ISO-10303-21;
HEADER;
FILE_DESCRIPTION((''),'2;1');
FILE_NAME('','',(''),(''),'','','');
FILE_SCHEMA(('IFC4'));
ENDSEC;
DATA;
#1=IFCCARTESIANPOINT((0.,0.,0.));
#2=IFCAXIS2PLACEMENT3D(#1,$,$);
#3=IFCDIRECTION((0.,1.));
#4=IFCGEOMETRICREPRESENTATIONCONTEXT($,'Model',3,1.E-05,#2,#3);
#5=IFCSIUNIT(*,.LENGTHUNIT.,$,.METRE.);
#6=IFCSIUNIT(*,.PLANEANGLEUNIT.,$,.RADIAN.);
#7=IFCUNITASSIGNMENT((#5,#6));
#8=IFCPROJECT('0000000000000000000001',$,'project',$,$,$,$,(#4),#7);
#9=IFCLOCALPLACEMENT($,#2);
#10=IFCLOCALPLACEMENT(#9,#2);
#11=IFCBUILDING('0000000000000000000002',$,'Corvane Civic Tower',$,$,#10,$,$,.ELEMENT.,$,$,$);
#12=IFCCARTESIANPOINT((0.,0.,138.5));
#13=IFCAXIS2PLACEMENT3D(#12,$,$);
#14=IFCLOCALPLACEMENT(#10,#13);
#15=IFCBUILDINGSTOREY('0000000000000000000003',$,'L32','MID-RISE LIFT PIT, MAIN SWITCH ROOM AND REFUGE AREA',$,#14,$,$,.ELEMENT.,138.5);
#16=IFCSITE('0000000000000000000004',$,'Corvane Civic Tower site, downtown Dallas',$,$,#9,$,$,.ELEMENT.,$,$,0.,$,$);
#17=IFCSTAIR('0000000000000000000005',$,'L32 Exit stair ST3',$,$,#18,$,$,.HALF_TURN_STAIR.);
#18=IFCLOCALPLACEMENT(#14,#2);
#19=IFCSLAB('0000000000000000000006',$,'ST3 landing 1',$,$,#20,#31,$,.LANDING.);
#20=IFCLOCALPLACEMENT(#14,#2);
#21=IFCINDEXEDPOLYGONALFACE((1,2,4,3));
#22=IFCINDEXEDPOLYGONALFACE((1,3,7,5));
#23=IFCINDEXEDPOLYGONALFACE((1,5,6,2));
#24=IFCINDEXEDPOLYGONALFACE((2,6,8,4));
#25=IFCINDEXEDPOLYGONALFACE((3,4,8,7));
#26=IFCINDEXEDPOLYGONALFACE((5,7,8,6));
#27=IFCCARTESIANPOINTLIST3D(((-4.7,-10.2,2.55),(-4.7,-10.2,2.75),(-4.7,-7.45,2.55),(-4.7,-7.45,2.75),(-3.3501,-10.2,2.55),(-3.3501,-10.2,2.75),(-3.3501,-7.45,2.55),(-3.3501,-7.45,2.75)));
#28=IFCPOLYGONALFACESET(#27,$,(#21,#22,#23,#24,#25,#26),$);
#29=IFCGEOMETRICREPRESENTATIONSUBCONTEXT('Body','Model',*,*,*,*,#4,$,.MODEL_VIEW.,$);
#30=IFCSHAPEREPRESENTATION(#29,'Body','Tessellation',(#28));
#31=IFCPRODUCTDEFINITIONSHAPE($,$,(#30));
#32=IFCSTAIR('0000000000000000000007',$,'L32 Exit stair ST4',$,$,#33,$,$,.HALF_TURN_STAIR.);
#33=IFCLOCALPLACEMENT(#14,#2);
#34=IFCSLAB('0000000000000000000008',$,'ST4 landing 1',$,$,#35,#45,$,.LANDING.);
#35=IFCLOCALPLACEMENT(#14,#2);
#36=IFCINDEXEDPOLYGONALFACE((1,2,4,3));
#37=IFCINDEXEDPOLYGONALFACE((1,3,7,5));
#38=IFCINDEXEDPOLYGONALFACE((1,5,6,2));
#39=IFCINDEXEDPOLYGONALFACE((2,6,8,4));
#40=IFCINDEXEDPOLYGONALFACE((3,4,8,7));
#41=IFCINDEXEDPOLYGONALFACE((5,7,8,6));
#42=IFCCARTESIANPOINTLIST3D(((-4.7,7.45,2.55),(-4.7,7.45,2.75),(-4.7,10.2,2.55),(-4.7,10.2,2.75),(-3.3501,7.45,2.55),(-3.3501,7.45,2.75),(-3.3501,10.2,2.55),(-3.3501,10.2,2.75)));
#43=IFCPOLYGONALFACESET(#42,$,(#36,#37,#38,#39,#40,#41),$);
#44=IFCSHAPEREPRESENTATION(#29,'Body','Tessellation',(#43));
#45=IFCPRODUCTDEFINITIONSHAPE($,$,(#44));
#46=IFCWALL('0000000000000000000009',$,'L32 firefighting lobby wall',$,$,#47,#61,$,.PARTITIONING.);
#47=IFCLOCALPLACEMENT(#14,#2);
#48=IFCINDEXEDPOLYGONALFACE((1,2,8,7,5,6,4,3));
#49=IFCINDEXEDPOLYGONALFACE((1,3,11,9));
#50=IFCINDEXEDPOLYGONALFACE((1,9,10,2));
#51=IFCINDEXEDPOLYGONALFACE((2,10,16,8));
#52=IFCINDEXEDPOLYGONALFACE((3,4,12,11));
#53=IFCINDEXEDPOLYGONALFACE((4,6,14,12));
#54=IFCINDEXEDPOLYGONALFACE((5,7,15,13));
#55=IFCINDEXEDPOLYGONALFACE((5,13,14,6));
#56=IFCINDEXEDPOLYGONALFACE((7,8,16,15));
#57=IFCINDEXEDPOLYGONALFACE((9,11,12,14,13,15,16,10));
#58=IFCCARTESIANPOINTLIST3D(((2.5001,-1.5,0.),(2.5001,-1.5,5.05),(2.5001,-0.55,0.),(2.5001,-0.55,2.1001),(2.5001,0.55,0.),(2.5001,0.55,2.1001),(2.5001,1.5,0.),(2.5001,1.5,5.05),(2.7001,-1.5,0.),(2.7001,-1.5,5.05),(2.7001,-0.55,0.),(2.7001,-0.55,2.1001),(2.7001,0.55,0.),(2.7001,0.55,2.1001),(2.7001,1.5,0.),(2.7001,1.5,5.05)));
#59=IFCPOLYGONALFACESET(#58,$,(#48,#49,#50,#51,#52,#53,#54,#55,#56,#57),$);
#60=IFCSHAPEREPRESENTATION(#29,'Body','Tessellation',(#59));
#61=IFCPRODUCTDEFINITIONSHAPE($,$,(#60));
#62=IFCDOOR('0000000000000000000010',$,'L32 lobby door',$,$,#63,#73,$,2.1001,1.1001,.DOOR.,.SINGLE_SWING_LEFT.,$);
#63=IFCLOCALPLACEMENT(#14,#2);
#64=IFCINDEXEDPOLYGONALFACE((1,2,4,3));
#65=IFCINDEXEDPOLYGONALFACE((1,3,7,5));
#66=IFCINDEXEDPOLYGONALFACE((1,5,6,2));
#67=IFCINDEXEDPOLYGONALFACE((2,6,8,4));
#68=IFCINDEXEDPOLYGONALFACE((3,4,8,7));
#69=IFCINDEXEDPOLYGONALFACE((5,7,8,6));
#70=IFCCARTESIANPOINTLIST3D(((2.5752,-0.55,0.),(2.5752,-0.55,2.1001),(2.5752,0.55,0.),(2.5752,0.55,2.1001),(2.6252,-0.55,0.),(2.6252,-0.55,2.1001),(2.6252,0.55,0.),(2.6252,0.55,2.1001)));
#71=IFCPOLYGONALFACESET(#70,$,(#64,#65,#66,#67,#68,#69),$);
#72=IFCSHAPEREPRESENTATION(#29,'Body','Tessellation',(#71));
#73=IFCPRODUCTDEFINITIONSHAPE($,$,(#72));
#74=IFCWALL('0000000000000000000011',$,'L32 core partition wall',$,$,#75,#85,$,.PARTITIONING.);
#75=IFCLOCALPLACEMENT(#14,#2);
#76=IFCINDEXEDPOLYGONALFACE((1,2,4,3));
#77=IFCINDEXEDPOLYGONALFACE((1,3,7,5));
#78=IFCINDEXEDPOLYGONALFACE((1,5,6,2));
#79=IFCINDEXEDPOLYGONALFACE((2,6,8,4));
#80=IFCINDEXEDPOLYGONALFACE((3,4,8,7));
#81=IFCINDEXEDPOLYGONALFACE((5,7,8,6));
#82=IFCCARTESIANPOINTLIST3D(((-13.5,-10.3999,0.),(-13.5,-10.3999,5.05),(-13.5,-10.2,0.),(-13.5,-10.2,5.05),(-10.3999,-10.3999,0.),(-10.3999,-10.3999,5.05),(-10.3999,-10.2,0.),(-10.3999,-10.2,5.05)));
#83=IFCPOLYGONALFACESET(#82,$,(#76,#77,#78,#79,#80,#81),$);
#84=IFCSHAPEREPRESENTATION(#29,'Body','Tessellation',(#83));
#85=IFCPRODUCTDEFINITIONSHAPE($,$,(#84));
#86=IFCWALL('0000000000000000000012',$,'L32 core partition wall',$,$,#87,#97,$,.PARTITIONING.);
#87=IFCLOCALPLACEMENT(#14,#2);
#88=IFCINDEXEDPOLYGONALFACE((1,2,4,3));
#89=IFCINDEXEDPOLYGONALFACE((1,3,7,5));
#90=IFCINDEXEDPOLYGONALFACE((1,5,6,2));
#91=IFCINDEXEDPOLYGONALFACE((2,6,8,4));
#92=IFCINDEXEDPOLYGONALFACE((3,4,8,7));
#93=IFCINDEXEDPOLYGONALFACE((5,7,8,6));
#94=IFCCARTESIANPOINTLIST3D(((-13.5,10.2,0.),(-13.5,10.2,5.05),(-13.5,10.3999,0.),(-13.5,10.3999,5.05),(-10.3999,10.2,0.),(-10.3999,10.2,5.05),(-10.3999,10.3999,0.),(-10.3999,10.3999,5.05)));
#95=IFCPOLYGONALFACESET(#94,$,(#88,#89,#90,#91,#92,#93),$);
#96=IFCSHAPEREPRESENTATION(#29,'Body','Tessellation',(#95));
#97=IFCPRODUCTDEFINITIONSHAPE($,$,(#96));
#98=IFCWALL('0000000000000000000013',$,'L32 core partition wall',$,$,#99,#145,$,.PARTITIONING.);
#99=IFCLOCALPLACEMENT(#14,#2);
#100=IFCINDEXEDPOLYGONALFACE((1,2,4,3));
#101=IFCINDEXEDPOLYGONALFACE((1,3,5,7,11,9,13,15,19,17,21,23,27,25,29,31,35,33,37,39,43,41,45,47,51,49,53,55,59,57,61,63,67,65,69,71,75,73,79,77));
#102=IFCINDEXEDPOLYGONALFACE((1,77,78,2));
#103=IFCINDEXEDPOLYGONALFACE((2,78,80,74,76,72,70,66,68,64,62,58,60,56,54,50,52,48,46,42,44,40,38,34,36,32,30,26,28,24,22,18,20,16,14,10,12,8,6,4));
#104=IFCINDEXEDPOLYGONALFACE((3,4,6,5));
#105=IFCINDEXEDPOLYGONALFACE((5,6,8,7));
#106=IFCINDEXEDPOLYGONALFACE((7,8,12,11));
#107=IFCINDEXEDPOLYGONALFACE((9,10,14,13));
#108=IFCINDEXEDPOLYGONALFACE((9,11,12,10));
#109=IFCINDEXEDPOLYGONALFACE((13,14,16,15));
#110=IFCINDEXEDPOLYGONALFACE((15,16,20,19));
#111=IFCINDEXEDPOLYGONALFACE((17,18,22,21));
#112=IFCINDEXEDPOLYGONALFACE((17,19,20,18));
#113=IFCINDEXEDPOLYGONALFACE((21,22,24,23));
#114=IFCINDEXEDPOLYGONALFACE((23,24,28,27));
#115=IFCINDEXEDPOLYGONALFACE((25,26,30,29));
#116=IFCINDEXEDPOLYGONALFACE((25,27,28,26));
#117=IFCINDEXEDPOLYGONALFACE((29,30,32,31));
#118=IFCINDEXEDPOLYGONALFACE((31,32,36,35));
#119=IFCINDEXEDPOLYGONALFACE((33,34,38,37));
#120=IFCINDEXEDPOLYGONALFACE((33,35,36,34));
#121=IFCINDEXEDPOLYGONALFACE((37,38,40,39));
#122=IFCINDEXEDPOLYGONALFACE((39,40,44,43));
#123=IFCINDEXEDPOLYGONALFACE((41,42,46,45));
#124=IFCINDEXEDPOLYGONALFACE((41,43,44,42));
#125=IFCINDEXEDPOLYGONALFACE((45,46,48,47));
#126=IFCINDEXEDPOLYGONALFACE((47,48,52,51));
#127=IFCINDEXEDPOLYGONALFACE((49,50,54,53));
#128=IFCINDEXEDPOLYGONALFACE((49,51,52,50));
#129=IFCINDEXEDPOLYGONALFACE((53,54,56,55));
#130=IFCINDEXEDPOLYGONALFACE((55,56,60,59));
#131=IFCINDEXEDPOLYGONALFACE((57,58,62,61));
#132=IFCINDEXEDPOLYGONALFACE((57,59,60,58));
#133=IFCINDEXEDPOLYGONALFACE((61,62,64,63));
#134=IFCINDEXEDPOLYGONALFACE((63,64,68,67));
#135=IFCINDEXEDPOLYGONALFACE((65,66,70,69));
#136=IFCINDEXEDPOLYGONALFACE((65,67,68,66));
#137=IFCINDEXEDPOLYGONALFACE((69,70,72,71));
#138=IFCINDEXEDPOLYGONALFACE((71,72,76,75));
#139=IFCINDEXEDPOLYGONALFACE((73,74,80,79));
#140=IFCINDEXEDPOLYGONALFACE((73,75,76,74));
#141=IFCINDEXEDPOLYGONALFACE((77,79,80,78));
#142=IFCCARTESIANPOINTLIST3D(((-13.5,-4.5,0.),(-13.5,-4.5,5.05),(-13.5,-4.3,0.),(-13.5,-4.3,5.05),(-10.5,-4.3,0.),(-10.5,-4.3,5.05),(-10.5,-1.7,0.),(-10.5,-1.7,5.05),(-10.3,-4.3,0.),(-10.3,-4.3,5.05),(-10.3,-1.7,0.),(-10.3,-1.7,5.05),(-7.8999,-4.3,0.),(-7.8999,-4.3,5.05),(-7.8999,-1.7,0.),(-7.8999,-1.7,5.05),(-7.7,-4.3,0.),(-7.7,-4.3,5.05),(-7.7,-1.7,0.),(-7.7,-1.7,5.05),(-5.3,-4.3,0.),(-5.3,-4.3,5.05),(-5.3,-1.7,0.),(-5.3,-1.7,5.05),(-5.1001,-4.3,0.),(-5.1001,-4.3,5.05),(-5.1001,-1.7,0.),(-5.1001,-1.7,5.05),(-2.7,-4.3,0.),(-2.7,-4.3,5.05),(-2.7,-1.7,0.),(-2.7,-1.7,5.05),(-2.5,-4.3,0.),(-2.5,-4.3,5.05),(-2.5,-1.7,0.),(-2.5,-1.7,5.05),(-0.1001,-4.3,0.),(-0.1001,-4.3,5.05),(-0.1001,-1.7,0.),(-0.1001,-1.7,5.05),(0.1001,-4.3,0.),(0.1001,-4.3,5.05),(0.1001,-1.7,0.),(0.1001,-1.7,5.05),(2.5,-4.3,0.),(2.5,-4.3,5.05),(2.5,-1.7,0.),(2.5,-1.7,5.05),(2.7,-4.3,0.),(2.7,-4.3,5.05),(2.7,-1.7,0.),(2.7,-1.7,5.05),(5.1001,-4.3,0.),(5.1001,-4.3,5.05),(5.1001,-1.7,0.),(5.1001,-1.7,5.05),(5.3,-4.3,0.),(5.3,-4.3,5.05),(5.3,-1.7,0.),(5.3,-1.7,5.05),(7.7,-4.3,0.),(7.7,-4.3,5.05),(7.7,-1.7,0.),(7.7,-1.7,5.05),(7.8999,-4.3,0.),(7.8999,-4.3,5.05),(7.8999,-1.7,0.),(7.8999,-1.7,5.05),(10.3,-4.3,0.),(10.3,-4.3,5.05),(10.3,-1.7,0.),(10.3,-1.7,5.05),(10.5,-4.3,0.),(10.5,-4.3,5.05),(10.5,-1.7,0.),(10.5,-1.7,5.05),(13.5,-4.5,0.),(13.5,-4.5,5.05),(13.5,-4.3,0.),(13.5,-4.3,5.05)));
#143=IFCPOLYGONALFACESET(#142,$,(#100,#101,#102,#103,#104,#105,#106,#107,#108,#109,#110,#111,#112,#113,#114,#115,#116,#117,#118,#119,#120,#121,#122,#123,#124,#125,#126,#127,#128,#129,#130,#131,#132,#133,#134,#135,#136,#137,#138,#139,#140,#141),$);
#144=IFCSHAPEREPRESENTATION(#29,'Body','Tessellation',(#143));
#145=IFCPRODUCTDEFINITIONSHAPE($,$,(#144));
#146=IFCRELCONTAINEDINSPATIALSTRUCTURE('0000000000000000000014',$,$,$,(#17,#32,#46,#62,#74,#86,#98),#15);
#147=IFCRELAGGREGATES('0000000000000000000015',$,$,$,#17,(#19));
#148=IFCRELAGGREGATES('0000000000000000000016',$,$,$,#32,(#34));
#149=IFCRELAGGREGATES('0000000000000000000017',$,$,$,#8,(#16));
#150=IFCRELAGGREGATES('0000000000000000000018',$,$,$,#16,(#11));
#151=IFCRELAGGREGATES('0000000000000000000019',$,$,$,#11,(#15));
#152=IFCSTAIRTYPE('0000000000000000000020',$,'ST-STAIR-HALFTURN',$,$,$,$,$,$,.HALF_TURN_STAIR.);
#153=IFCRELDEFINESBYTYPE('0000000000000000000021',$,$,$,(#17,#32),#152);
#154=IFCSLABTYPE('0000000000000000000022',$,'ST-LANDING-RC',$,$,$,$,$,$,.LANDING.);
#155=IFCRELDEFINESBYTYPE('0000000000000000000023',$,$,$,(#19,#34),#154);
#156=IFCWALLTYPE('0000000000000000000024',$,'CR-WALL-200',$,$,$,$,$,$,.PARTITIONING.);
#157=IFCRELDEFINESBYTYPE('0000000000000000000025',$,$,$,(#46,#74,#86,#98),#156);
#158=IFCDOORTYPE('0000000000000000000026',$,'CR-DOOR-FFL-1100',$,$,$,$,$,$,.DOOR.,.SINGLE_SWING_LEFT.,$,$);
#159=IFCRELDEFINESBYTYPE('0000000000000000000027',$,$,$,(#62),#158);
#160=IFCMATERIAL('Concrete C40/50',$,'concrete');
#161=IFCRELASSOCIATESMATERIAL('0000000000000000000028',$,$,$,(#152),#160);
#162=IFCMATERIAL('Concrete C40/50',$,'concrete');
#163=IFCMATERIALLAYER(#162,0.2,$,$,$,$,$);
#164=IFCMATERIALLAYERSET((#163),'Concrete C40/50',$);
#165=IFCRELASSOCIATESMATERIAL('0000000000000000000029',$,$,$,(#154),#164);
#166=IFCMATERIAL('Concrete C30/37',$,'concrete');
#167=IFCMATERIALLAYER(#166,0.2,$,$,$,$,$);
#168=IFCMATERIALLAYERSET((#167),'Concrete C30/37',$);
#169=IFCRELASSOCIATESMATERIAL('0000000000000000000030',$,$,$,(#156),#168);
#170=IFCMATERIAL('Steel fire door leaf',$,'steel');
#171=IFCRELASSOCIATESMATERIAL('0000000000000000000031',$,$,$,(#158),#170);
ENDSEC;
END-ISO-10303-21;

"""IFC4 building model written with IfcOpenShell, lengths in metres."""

from ifc_helpers import new_model, si_unit, direction, frame, frame_2d, origin, place, context, subcontext, project, spatial, polyline, rectangle, outline, extrude, material, layer, layer_set, type_object, element, fill, aggregate, save


model = new_model("IFC4")

# Units and contexts
model_context = context("Model", 3, precision=1e-05, world=origin(), true_north=direction((0.0, 1.0)))
body_context = subcontext(model_context, "Body", "Model", "MODEL_VIEW")
ifc_project = project(units=[si_unit("LENGTHUNIT", "METRE"), si_unit("PLANEANGLEUNIT", "RADIAN")], contexts=[model_context])

# Site, building, storey
site_placement = place(None, origin())
site = spatial("IfcSite", under=ifc_project, at=site_placement, Name="Corvane Civic Tower site, downtown Dallas", CompositionType="ELEMENT", RefElevation=0.0)
building_placement = place(site_placement, origin())
building = spatial("IfcBuilding", under=site, at=building_placement, Name="Corvane Civic Tower", CompositionType="ELEMENT")
storey_placement = place(building_placement, frame((0.0, 0.0, 138.5)))
storey = spatial("IfcBuildingStorey", under=building, at=storey_placement, Name="L32", Description="MID-RISE LIFT PIT, MAIN SWITCH ROOM AND REFUGE AREA", CompositionType="ELEMENT", Elevation=138.5)

# Stairs, slabs
ifc_material_1 = material(Name="Concrete C40/50", Category="concrete")
stair_type = type_object("IfcStairType", Name="ST-STAIR-HALFTURN", PredefinedType="HALF_TURN_STAIR", material=ifc_material_1)
ifc_material_2 = material(Name="Concrete C40/50", Category="concrete")
ifc_layer_1 = layer(ifc_material_2, 0.2)
ifc_layer_set_1 = layer_set([ifc_layer_1], Name="Concrete C40/50")
slab_type_1 = type_object("IfcSlabType", Name="ST-LANDING-RC", PredefinedType="LANDING", material=ifc_layer_set_1)
stair_1_placement = place(storey_placement, origin())
stair_1 = element("IfcStair", 1, at=stair_1_placement, inside=storey, type_object=stair_type, Name="L32 Exit stair ST3", PredefinedType="HALF_TURN_STAIR")
slab_1_placement = place(storey_placement, frame((0.0, 0.0, 2.55)))
slab_1 = element("IfcSlab", 2, at=slab_1_placement, type_object=slab_type_1, Name="ST3 landing 1", PredefinedType="LANDING", context=body_context, shape_type="SweptSolid", body=[
    extrude(outline(polyline([(-4.7, -10.2), (-3.3501, -10.2), (-3.3501, -7.45), (-4.7, -7.45), (-4.7, -10.2)])), origin(), (0.0, 0.0, 1.0), 0.2),
])
aggregate(stair_1, [slab_1])
stair_2_placement = place(storey_placement, origin())
stair_2 = element("IfcStair", 3, at=stair_2_placement, inside=storey, type_object=stair_type, Name="L32 Exit stair ST4", PredefinedType="HALF_TURN_STAIR")
slab_2_placement = place(storey_placement, frame((0.0, 0.0, 2.55)))
slab_2 = element("IfcSlab", 4, at=slab_2_placement, type_object=slab_type_1, Name="ST4 landing 1", PredefinedType="LANDING", context=body_context, shape_type="SweptSolid", body=[
    extrude(outline(polyline([(-4.7, 7.45), (-3.3501, 7.45), (-3.3501, 10.2), (-4.7, 10.2), (-4.7, 7.45)])), origin(), (0.0, 0.0, 1.0), 0.2),
])
aggregate(stair_2, [slab_2])

# Wall, opening, door
ifc_material_3 = material(Name="Concrete C30/37", Category="concrete")
ifc_layer_2 = layer(ifc_material_3, 0.2)
ifc_layer_set_2 = layer_set([ifc_layer_2], Name="Concrete C30/37")
wall_type_1 = type_object("IfcWallType", Name="CR-WALL-200", PredefinedType="PARTITIONING", material=ifc_layer_set_2)
wall_1_placement = place(storey_placement, frame((2.6001, -1.5, 0.0), z_axis=(0.0, 0.0, 1.0), x_axis=(0.0, 1.0, 0.0)))
wall_1 = element("IfcWall", 5, at=wall_1_placement, inside=storey, type_object=wall_type_1, Name="L32 firefighting lobby wall", PredefinedType="PARTITIONING", context=body_context, shape_type="SweptSolid", body=[
    extrude(rectangle(XDim=3.0, YDim=0.2, at=frame_2d((1.5, 0.0))), origin(), (0.0, 0.0, 1.0), 5.05),
])
opening_placement = place(wall_1_placement, frame((0.95, 0.0, 0.0)))
opening = element("IfcOpeningElement", 6, at=opening_placement, cuts=wall_1, PredefinedType="OPENING", context=body_context, shape_type="SweptSolid", body=[
    extrude(rectangle(XDim=1.1001, YDim=2.1001, at=frame_2d((0.55, 1.05))), frame((0.0, 0.1099, 0.0), z_axis=(0.0, -1.0, 0.0), x_axis=(1.0, 0.0, 0.0)), (0.0, 0.0, 1.0), 0.22),
])
ifc_material_4 = material(Name="Steel fire door leaf", Category="steel")
door_type = type_object("IfcDoorType", Name="CR-DOOR-FFL-1100", OperationType="SINGLE_SWING_LEFT", PredefinedType="DOOR", material=ifc_material_4)
door_placement = place(opening_placement, origin())
door = element("IfcDoor", 7, at=door_placement, inside=storey, type_object=door_type, Name="L32 lobby door", OperationType="SINGLE_SWING_LEFT", OverallHeight=2.1001, OverallWidth=1.1001, PredefinedType="DOOR", context=body_context, shape_type="SweptSolid", body=[
    extrude(rectangle(XDim=1.1001, YDim=2.1001, at=frame_2d((0.55, 1.05))), frame((0.0, 0.0249, 0.0), z_axis=(0.0, -1.0, 0.0), x_axis=(1.0, 0.0, 0.0)), (0.0, 0.0, 1.0), 0.05),
])
fill(opening, door)

# Walls
wall_2_placement = place(storey_placement, origin())
element("IfcWall", 8, at=wall_2_placement, inside=storey, type_object=wall_type_1, Name="L32 core partition wall", PredefinedType="PARTITIONING", context=body_context, shape_type="SweptSolid", body=[
    extrude(outline(polyline([(-10.3999, -10.3999), (-13.5, -10.3999), (-13.5, -10.2), (-10.3999, -10.2), (-10.3999, -10.3999)])), origin(), (0.0, 0.0, 1.0), 5.05),
])
wall_3_placement = place(storey_placement, origin())
element("IfcWall", 9, at=wall_3_placement, inside=storey, type_object=wall_type_1, Name="L32 core partition wall", PredefinedType="PARTITIONING", context=body_context, shape_type="SweptSolid", body=[
    extrude(outline(polyline([(-13.5, 10.2), (-13.5, 10.3999), (-10.3999, 10.3999), (-10.3999, 10.2), (-13.5, 10.2)])), origin(), (0.0, 0.0, 1.0), 5.05),
])
wall_4_placement = place(storey_placement, origin())
element("IfcWall", 10, at=wall_4_placement, inside=storey, type_object=wall_type_1, Name="L32 core partition wall", PredefinedType="PARTITIONING", context=body_context, shape_type="SweptSolid", body=[
    extrude(outline(polyline([(-10.5, -1.7), (-10.3, -1.7), (-10.3, -4.3), (-7.8999, -4.3), (-7.8999, -1.7), (-7.7, -1.7), (-7.7, -4.3), (-5.3, -4.3), (-5.3, -1.7), (-5.1001, -1.7), (-5.1001, -4.3), (-2.7, -4.3), (-2.7, -1.7), (-2.5, -1.7), (-2.5, -4.3), (-0.1001, -4.3), (-0.1001, -1.7), (0.1001, -1.7), (0.1001, -4.3), (2.5, -4.3), (2.5, -1.7), (2.7, -1.7), (2.7, -4.3), (5.1001, -4.3), (5.1001, -1.7), (5.3, -1.7), (5.3, -4.3), (7.7, -4.3), (7.7, -1.7), (7.8999, -1.7), (7.8999, -4.3), (10.3, -4.3), (10.3, -1.7), (10.5, -1.7), (10.5, -4.3), (13.5, -4.3), (13.5, -4.5), (-13.5, -4.5), (-13.5, -4.3), (-10.5, -4.3), (-10.5, -1.7)])), origin(), (0.0, 0.0, 1.0), 5.05),
])

save(model, "model.ifc")
